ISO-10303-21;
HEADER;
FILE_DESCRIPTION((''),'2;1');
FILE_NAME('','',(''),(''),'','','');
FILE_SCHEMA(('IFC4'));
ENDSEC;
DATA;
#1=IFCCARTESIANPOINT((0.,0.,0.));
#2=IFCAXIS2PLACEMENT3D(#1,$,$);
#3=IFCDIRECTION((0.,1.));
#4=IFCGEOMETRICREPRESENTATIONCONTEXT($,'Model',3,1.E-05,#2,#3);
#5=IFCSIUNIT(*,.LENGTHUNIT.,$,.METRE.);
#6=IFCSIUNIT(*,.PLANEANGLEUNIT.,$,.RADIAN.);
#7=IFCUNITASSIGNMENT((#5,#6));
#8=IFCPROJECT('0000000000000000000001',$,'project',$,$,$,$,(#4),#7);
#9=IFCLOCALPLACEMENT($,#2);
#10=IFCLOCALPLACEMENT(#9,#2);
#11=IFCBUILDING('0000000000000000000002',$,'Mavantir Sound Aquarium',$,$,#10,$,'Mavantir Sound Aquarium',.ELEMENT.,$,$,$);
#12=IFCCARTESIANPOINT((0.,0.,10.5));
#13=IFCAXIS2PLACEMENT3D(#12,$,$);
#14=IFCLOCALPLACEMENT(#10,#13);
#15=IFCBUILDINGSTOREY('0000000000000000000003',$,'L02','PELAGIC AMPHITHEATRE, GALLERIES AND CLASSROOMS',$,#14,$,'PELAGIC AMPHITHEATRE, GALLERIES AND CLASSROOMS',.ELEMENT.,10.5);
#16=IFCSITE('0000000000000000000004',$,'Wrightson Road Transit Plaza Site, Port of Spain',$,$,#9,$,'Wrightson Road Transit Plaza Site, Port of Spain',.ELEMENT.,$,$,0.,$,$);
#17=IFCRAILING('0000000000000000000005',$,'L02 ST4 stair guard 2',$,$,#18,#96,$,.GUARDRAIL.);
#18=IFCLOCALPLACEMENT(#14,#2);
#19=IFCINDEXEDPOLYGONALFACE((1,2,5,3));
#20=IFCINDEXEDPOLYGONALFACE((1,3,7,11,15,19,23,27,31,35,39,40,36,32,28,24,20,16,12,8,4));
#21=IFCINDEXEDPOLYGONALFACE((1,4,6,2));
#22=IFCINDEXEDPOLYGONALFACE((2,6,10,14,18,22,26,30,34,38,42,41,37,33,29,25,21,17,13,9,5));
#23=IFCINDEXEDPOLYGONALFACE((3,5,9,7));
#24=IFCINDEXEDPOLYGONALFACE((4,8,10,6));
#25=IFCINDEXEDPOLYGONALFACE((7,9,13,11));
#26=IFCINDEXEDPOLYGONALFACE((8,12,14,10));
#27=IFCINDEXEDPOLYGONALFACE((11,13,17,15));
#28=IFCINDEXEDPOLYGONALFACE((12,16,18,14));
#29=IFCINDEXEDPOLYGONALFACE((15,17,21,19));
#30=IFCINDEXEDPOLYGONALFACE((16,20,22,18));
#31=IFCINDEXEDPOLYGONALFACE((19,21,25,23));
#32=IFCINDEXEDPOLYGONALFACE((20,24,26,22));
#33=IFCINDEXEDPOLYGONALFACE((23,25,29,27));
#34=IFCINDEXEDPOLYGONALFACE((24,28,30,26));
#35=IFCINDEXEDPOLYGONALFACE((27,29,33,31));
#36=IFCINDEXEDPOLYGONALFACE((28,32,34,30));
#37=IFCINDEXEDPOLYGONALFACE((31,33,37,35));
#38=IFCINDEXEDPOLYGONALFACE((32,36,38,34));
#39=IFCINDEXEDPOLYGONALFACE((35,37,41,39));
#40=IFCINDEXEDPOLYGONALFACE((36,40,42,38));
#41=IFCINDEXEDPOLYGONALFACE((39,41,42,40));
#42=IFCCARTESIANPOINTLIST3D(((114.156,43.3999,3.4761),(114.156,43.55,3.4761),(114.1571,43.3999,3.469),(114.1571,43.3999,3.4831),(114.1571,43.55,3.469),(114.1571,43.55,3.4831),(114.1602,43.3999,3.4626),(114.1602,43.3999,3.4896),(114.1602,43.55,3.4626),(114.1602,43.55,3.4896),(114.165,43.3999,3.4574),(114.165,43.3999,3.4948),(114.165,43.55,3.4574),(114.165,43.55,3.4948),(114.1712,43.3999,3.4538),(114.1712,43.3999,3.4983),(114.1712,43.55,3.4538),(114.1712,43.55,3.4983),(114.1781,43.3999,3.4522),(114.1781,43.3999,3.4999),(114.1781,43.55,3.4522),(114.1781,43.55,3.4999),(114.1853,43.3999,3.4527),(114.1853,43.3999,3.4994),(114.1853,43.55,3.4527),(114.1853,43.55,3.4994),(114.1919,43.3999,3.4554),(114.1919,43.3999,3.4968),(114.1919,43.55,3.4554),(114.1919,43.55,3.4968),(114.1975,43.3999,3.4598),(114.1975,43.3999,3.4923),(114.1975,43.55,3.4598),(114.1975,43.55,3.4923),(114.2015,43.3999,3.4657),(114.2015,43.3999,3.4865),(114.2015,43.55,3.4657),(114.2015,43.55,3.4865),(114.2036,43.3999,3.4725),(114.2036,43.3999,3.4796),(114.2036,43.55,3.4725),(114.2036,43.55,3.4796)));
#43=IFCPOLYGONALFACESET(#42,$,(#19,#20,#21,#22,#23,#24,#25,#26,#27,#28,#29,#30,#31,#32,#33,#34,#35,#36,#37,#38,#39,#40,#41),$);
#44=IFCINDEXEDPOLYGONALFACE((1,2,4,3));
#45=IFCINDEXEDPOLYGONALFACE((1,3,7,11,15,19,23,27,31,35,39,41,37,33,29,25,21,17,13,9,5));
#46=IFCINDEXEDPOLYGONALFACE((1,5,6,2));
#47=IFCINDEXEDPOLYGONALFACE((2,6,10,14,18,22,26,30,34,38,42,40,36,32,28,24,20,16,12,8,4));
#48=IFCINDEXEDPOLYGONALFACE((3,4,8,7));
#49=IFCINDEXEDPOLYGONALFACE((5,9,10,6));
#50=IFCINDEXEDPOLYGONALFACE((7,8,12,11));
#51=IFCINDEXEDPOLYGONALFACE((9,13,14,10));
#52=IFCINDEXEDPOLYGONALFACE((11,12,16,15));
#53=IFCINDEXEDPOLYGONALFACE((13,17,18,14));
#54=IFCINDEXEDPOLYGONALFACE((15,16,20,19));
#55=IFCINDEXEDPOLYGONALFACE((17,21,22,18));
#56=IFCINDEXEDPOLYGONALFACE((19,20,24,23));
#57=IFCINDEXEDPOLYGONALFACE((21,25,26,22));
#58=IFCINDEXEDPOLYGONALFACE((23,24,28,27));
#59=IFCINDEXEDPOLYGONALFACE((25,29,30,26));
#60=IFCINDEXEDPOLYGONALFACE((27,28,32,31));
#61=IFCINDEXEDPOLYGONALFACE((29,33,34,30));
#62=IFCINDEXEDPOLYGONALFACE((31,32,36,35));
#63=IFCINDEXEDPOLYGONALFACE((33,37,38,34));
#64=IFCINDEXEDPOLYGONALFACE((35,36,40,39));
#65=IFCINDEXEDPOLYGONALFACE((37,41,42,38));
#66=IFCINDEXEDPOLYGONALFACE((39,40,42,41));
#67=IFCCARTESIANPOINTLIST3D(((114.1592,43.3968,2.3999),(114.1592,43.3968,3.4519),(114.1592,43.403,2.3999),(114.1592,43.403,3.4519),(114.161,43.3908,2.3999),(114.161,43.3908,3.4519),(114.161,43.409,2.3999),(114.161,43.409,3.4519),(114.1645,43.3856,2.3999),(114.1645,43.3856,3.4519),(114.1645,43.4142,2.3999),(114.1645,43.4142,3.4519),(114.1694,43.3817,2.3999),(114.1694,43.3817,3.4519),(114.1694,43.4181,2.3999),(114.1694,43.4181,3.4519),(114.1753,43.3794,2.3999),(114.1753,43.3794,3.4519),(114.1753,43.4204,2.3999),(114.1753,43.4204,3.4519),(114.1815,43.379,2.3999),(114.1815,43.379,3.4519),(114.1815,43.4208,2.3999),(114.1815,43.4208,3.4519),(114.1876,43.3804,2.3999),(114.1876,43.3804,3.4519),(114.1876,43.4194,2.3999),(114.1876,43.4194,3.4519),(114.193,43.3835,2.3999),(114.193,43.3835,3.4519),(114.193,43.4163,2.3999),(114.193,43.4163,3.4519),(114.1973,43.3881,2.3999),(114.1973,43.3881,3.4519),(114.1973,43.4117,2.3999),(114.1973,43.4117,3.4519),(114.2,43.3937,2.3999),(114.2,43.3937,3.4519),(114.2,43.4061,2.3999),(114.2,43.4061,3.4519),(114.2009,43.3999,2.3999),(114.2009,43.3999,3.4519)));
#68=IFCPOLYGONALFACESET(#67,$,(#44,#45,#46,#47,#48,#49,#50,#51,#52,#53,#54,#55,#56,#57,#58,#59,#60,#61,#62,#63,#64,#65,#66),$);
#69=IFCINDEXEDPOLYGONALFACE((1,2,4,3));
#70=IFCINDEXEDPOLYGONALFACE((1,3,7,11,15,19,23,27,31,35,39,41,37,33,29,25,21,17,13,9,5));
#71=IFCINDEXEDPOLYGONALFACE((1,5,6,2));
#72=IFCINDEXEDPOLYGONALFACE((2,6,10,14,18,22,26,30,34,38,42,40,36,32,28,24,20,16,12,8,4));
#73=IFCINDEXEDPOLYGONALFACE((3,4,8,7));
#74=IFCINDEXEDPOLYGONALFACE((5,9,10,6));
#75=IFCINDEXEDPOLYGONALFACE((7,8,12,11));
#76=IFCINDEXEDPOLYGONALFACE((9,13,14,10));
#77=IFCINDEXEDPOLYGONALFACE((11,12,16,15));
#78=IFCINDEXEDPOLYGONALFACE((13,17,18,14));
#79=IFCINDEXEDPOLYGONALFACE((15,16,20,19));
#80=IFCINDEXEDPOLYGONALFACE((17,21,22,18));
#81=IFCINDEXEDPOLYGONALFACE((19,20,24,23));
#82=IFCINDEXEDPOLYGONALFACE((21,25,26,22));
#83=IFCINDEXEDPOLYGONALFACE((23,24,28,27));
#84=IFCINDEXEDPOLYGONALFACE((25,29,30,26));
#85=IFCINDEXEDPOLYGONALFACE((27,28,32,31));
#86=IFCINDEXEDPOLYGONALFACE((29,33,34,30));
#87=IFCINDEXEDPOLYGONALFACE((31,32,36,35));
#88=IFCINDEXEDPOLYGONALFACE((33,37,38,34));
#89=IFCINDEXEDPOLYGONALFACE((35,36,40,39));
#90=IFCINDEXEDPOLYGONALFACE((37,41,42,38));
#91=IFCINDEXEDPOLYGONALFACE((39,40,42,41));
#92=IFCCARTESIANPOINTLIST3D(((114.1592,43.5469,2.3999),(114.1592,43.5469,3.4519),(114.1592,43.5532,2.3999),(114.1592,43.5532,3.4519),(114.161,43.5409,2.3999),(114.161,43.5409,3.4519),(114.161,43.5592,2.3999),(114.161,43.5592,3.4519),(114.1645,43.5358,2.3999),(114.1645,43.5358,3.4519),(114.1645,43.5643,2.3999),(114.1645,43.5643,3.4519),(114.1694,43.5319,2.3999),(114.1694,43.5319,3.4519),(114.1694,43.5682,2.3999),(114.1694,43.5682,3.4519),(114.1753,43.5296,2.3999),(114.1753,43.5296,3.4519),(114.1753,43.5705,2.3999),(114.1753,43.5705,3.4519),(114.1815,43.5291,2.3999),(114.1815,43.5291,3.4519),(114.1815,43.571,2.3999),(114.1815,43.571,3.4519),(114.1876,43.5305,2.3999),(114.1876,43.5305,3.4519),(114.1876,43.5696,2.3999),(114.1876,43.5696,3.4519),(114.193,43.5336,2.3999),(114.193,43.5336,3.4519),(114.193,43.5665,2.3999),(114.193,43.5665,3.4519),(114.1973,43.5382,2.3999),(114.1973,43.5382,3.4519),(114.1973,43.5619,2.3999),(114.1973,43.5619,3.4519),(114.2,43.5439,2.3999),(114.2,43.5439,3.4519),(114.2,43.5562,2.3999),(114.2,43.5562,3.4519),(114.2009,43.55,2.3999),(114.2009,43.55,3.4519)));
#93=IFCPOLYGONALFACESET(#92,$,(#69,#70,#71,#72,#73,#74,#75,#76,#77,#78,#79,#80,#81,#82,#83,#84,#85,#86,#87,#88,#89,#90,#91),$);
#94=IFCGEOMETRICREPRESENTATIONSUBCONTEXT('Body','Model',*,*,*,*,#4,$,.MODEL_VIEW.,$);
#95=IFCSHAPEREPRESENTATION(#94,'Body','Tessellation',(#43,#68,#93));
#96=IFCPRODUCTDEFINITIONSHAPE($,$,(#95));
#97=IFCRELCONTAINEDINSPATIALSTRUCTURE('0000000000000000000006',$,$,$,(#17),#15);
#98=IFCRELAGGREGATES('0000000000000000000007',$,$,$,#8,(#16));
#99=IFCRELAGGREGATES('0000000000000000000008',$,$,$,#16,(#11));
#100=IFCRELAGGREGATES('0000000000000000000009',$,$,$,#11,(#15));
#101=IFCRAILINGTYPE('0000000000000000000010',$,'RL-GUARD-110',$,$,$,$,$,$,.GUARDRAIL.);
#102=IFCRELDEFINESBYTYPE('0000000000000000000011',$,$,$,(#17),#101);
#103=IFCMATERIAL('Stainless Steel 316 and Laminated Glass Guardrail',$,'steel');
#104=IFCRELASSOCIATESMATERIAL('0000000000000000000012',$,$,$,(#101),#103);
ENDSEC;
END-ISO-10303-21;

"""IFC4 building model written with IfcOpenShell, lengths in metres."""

from ifc_helpers import new_model, si_unit, direction, frame, origin, origin_2d, place, context, subcontext, project, spatial, circle, extrude, material, type_object, element, save


model = new_model("IFC4")

# Units and contexts
model_context = context("Model", 3, precision=1e-05, world=origin(), true_north=direction((0.0, 1.0)))
body_context = subcontext(model_context, "Body", "Model", "MODEL_VIEW")
ifc_project = project(units=[si_unit("LENGTHUNIT", "METRE"), si_unit("PLANEANGLEUNIT", "RADIAN")], contexts=[model_context])

# Site, building, storey
site_placement = place(None, origin())
site = spatial("IfcSite", under=ifc_project, at=site_placement, Name="Wrightson Road Transit Plaza Site, Port of Spain", LongName="Wrightson Road Transit Plaza Site, Port of Spain", CompositionType="ELEMENT", RefElevation=0.0)
building_placement = place(site_placement, origin())
building = spatial("IfcBuilding", under=site, at=building_placement, Name="Mavantir Sound Aquarium", LongName="Mavantir Sound Aquarium", CompositionType="ELEMENT")
storey_placement = place(building_placement, frame((0.0, 0.0, 10.5)))
storey = spatial("IfcBuildingStorey", under=building, at=storey_placement, Name="L02", Description="PELAGIC AMPHITHEATRE, GALLERIES AND CLASSROOMS", LongName="PELAGIC AMPHITHEATRE, GALLERIES AND CLASSROOMS", CompositionType="ELEMENT", Elevation=10.5)

# Railing
ifc_material_1 = material(Name="Stainless Steel 316 and Laminated Glass Guardrail", Category="steel")
railing_type_1 = type_object("IfcRailingType", Name="RL-GUARD-110", PredefinedType="GUARDRAIL", material=ifc_material_1)
railing_1_placement = place(storey_placement, frame((114.1799, 43.3999, 2.3999)))
element("IfcRailing", 1, at=railing_1_placement, inside=storey, type_object=railing_type_1, Name="L02 ST4 stair guard 2", PredefinedType="GUARDRAIL", context=body_context, shape_type="SweptSolid", body=[
    extrude(circle(Radius=0.0239, at=origin_2d()), frame((0.0, 0.0, 1.0762), z_axis=(0.0, 1.0, 0.0), x_axis=(-1.0, 0.0, 0.0)), (0.0, 0.0, 1.0), 0.1501),
    extrude(circle(Radius=0.021, at=origin_2d()), origin(), (0.0, 0.0, 1.0), 1.052),
    extrude(circle(Radius=0.021, at=origin_2d()), frame((0.0, 0.1501, 0.0)), (0.0, 0.0, 1.0), 1.052),
])

save(model, "model.ifc")
